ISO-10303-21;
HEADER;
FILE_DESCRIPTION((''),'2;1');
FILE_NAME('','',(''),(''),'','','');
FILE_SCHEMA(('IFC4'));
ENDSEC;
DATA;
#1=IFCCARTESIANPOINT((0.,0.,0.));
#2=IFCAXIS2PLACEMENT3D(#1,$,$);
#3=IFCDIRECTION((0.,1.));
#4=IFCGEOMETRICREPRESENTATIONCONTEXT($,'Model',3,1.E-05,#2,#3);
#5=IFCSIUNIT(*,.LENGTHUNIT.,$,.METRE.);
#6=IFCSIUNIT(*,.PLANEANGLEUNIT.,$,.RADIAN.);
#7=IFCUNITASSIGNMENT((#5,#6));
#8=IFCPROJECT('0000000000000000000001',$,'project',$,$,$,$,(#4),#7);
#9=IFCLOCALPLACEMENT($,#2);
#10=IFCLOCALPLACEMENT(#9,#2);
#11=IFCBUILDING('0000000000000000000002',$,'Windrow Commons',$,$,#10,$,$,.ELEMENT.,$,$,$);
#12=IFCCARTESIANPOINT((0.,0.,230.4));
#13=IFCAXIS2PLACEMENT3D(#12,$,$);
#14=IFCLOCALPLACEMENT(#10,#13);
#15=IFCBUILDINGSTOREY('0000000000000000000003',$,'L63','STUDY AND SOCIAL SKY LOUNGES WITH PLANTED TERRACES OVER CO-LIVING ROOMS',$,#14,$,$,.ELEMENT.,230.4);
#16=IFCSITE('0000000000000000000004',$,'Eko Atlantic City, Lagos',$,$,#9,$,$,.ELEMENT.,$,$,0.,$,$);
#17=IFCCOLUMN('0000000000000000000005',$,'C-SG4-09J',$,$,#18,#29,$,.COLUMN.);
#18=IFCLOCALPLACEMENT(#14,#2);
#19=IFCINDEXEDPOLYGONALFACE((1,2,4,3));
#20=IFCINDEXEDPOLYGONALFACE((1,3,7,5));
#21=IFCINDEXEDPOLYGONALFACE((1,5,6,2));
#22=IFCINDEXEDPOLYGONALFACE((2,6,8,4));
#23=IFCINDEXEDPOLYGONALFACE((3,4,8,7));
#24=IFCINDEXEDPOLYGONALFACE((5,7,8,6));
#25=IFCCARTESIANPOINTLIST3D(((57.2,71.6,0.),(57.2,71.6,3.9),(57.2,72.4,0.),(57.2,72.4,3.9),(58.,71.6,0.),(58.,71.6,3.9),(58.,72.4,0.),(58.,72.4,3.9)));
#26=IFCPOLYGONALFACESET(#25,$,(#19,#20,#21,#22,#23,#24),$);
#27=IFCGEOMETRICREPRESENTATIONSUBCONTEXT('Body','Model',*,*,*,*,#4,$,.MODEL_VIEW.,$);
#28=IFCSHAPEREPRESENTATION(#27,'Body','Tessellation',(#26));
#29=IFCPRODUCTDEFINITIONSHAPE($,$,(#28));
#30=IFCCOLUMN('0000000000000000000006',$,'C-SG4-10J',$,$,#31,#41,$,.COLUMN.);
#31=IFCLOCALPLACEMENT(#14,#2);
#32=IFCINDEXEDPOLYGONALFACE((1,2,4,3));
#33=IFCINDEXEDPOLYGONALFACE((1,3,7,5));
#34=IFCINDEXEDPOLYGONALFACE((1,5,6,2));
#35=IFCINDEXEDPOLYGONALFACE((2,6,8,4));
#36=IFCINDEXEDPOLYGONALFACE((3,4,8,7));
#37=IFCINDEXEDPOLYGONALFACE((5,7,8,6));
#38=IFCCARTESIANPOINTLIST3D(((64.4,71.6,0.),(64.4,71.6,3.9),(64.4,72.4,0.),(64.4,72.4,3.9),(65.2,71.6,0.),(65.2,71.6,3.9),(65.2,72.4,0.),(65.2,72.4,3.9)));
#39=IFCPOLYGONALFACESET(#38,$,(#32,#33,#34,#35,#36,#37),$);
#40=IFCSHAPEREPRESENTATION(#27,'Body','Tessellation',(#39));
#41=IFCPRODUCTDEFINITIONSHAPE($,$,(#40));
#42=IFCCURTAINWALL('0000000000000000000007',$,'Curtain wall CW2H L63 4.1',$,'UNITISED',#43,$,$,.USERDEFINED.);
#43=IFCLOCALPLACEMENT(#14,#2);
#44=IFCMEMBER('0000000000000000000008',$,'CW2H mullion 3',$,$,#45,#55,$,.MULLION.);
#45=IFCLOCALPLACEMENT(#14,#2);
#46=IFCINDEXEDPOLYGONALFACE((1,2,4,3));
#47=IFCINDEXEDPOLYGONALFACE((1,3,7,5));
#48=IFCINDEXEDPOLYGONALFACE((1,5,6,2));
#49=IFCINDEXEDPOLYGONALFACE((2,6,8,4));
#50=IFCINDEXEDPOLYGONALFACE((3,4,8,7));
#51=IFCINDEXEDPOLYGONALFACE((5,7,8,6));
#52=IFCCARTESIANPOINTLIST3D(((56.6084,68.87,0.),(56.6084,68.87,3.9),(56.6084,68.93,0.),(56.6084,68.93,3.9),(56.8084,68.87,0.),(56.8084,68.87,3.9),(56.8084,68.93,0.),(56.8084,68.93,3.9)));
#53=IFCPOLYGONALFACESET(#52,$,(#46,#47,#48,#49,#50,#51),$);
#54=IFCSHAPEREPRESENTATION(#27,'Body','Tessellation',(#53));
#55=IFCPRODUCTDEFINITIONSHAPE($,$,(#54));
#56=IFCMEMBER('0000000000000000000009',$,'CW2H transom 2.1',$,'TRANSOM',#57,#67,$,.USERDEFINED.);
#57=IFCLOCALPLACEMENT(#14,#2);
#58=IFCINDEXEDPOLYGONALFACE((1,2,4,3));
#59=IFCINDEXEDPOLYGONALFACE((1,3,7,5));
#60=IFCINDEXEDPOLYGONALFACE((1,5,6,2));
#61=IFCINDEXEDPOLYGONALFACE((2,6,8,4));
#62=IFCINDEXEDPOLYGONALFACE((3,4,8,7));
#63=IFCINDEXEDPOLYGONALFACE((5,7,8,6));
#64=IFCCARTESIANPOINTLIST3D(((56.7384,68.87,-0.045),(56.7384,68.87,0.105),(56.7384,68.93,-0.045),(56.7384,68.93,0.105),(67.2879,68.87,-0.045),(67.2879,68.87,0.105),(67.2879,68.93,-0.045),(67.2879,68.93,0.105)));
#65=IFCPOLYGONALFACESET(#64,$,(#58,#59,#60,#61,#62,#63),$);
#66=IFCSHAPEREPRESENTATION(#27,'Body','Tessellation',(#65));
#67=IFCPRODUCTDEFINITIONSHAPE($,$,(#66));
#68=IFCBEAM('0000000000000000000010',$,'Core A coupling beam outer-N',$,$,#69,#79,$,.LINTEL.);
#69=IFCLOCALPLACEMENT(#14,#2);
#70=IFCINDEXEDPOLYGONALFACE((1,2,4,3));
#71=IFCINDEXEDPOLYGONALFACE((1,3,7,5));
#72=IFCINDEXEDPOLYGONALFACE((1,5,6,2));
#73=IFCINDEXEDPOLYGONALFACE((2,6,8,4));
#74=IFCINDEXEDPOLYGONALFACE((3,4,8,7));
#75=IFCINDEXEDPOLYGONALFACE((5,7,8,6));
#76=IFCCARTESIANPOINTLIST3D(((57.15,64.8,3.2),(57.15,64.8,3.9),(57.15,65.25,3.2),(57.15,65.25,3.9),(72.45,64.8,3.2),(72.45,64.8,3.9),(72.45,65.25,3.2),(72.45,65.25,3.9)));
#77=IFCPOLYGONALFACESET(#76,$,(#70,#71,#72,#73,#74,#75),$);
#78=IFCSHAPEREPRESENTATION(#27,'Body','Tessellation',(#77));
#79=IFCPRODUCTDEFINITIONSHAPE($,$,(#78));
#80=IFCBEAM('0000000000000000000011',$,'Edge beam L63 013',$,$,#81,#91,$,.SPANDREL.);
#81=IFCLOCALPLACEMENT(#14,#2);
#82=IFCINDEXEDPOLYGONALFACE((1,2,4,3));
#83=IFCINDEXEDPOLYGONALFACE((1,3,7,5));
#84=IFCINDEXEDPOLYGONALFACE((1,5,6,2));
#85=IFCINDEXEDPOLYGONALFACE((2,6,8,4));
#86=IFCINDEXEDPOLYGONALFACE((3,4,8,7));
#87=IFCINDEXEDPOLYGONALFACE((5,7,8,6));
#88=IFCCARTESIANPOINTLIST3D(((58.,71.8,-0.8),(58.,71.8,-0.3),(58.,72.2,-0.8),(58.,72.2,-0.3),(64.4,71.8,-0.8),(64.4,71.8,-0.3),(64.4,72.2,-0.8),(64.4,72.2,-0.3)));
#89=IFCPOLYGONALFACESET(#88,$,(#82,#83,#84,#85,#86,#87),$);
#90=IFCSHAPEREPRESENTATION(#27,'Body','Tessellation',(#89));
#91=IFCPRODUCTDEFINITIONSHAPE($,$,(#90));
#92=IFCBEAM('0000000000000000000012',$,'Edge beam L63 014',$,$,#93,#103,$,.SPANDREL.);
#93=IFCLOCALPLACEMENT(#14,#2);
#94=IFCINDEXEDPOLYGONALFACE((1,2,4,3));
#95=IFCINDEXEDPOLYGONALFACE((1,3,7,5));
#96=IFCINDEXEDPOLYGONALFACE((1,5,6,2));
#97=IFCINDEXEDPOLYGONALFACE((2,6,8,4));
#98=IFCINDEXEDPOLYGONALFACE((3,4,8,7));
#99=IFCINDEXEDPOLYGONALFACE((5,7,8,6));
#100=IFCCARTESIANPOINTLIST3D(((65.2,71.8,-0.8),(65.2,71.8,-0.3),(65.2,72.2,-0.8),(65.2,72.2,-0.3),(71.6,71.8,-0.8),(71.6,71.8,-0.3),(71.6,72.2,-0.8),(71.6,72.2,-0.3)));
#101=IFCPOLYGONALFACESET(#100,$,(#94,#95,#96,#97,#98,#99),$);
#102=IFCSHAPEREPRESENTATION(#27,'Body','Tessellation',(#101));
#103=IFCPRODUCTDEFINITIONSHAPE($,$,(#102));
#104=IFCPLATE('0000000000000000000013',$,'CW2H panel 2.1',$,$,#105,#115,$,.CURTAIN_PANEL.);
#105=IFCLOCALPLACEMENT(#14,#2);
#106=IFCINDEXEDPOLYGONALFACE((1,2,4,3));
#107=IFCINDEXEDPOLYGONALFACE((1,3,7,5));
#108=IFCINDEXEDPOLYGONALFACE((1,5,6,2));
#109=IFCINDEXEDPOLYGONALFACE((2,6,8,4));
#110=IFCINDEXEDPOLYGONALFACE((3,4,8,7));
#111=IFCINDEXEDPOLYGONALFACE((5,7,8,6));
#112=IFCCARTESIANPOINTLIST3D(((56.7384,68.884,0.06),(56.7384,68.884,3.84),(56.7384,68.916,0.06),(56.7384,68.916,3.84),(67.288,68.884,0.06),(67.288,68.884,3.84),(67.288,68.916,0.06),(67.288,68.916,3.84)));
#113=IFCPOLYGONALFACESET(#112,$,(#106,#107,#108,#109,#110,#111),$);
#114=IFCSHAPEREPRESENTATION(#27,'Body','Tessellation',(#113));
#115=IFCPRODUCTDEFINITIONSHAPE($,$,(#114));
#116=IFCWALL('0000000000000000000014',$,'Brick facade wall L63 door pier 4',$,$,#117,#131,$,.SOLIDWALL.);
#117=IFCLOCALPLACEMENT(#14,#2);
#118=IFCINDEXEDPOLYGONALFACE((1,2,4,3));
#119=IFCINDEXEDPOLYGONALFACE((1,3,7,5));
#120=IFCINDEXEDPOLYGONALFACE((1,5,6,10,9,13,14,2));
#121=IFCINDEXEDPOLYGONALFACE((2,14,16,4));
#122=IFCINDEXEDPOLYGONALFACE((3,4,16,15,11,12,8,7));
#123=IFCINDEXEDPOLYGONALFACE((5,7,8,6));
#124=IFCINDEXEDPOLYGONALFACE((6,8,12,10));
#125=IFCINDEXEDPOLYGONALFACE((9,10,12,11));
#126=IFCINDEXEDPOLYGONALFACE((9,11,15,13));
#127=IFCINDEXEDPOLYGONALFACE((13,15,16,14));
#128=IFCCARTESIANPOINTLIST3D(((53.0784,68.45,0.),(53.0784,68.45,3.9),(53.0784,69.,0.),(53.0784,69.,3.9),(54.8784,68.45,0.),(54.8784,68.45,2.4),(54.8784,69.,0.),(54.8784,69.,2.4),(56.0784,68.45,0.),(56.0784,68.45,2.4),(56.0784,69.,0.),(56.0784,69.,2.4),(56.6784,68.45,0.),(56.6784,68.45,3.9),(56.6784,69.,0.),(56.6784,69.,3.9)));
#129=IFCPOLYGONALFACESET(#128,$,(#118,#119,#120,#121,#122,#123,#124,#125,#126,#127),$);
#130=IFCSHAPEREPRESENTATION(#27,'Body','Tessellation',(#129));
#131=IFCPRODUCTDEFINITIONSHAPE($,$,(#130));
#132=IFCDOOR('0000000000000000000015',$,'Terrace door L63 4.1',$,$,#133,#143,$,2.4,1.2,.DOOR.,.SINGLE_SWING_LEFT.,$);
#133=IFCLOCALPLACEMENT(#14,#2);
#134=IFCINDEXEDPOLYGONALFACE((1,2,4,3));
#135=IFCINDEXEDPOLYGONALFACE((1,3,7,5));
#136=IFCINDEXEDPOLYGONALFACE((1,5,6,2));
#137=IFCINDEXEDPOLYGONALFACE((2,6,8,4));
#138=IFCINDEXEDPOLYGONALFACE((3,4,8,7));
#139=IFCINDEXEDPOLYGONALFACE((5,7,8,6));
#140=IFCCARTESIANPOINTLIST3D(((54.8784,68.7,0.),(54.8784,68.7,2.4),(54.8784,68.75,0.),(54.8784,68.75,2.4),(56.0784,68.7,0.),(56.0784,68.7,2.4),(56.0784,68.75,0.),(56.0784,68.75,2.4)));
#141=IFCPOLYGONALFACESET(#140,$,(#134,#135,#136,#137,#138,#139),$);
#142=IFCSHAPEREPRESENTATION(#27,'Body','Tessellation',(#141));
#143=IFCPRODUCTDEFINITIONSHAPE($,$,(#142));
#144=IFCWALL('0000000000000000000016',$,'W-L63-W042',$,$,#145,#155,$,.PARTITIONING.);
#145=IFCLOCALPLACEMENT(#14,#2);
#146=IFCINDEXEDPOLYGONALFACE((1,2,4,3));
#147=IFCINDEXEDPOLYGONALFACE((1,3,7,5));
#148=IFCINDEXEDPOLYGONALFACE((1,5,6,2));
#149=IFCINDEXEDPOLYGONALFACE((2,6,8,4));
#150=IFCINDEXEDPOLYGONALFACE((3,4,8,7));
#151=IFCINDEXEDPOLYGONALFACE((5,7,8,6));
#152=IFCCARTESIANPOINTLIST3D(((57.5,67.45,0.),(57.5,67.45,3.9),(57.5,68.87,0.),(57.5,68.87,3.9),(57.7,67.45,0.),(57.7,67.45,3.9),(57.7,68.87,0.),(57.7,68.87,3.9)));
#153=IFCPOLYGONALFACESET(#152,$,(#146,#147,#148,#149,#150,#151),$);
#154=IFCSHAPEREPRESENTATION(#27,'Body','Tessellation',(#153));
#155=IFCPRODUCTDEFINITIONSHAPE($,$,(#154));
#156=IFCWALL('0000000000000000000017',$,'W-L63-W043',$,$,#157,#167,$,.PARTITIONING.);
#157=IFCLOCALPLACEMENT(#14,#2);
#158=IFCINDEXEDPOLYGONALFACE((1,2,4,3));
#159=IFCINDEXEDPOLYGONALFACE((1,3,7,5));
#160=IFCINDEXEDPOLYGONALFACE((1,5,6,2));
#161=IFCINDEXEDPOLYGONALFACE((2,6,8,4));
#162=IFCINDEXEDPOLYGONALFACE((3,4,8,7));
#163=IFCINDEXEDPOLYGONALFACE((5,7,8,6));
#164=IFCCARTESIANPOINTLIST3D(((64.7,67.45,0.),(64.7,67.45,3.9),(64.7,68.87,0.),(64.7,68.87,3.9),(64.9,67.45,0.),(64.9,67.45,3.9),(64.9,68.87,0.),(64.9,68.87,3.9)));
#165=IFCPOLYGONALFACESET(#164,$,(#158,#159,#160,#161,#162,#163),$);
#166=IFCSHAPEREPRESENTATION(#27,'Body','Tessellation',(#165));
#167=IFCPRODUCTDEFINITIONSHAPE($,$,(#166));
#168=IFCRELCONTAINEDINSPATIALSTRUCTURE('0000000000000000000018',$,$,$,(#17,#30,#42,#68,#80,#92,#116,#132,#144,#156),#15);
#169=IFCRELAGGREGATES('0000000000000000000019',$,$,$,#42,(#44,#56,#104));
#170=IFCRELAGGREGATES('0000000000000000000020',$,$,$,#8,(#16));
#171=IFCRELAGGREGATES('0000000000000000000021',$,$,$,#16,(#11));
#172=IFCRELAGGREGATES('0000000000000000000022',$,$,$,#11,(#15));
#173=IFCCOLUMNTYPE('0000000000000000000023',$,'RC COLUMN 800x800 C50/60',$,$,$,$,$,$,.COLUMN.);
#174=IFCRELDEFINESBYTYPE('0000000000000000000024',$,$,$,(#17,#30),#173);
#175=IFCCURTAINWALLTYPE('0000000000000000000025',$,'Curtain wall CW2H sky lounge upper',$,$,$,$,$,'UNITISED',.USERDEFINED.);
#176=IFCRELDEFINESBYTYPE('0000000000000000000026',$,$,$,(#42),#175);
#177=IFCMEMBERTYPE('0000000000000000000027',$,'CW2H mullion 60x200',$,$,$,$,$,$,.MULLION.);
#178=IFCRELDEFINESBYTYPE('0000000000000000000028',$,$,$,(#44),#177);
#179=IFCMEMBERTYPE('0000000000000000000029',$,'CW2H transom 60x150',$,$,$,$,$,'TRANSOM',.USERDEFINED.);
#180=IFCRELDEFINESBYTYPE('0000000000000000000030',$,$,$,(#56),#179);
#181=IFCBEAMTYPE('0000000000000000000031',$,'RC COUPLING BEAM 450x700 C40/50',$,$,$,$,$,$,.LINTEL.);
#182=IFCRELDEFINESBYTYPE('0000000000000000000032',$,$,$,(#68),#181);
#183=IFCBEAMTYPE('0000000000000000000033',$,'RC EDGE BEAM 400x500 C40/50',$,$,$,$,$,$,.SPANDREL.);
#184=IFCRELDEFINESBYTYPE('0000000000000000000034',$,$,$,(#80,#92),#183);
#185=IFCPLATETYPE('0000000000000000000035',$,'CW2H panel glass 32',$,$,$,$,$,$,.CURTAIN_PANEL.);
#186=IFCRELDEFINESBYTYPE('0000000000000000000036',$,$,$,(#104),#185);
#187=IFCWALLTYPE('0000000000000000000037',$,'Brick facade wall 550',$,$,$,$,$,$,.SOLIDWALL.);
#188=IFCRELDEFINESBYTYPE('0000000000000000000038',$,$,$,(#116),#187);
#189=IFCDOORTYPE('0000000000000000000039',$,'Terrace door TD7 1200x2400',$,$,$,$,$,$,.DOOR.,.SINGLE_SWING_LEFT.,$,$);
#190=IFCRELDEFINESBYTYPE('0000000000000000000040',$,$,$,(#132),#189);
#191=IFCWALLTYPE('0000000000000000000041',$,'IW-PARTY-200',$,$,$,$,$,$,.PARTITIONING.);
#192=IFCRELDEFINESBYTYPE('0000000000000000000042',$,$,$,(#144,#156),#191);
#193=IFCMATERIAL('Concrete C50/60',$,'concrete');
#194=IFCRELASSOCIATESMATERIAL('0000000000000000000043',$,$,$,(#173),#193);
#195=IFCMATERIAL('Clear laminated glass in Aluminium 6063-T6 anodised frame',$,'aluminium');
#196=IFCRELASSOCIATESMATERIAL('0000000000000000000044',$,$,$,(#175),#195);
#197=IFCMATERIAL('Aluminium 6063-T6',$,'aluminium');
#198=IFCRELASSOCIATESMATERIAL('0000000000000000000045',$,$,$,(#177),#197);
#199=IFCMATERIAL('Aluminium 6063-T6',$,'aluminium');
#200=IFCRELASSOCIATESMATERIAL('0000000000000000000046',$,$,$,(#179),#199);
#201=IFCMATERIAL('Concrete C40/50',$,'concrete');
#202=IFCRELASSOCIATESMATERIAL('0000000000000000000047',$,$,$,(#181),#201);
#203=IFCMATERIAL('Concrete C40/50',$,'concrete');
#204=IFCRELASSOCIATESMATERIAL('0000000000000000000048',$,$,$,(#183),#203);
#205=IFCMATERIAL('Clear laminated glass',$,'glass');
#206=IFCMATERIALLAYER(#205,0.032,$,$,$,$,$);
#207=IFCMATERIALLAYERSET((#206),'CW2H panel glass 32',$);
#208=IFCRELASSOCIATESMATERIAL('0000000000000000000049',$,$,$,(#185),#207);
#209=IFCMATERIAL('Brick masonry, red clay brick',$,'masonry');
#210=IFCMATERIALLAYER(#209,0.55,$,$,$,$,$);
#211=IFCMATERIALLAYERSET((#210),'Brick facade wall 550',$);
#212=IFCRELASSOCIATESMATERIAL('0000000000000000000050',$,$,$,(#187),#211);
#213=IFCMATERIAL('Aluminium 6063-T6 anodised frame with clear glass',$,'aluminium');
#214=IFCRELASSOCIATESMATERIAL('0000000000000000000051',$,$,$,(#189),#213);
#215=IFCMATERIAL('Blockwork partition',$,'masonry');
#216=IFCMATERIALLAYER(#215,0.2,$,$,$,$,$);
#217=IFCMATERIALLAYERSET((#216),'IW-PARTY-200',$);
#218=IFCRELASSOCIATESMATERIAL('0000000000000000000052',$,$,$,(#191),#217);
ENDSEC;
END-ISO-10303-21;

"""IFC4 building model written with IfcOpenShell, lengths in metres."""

from ifc_helpers import new_model, si_unit, direction, frame, frame_2d, origin, origin_2d, place, context, subcontext, project, spatial, rectangle, extrude, material, layer, layer_set, material_profile, profile_set, type_object, element, fill, aggregate, save


model = new_model("IFC4")

# Units and contexts
model_context = context("Model", 3, precision=1e-05, world=origin(), true_north=direction((0.0, 1.0)))
body_context = subcontext(model_context, "Body", "Model", "MODEL_VIEW")
ifc_project = project(units=[si_unit("LENGTHUNIT", "METRE"), si_unit("PLANEANGLEUNIT", "RADIAN")], contexts=[model_context])

# Site, building, storey
site_placement = place(None, origin())
site = spatial("IfcSite", under=ifc_project, at=site_placement, Name="Eko Atlantic City, Lagos", CompositionType="ELEMENT", RefElevation=0.0)
building_placement = place(site_placement, origin())
building = spatial("IfcBuilding", under=site, at=building_placement, Name="Windrow Commons", CompositionType="ELEMENT")
storey_placement = place(building_placement, frame((0.0, 0.0, 230.4)))
storey = spatial("IfcBuildingStorey", under=building, at=storey_placement, Name="L63", Description="STUDY AND SOCIAL SKY LOUNGES WITH PLANTED TERRACES OVER CO-LIVING ROOMS", CompositionType="ELEMENT", Elevation=230.4)

# Columns
ifc_material_1 = material(Name="Concrete C50/60", Category="concrete")
ifc_material_profile_1 = material_profile(ifc_material_1, rectangle(XDim=0.8, YDim=0.8, at=origin_2d()))
ifc_profile_set_1 = profile_set([ifc_material_profile_1], Name="Concrete C50/60")
column_type = type_object("IfcColumnType", Name="RC COLUMN 800x800 C50/60", PredefinedType="COLUMN", material=ifc_profile_set_1)
for number, where, z_axis, x_axis, name in (
    (1, (57.6, 72.0, 0.0), (0.0, 0.0, 1.0), (1.0, 0.0, 0.0), "C-SG4-09J"),
    (2, (64.8, 72.0, 0.0), (0.0, 0.0, 1.0), (1.0, 0.0, 0.0), "C-SG4-10J"),
):
    element("IfcColumn", number, at=place(storey_placement, frame(where, z_axis=z_axis, x_axis=x_axis)), inside=storey, type_object=column_type, Name=name, PredefinedType="COLUMN", context=body_context, shape_type="SweptSolid", body=[
        extrude(rectangle(XDim=0.8, YDim=0.8, at=origin_2d()), origin(), (0.0, 0.0, 1.0), 3.9),
    ])

# Curtain wall, members
ifc_material_2 = material(Name="Clear laminated glass in Aluminium 6063-T6 anodised frame", Category="aluminium")
curtain_wall_type = type_object("IfcCurtainWallType", Name="Curtain wall CW2H sky lounge upper", ElementType="UNITISED", PredefinedType="USERDEFINED", material=ifc_material_2)
placement = place(storey_placement, origin())
curtain_wall = element("IfcCurtainWall", 3, at=placement, inside=storey, type_object=curtain_wall_type, Name="Curtain wall CW2H L63 4.1", ObjectType="UNITISED", PredefinedType="USERDEFINED")
ifc_material_3 = material(Name="Aluminium 6063-T6", Category="aluminium")
ifc_material_profile_2 = material_profile(ifc_material_3, rectangle(XDim=0.06, YDim=0.2, at=origin_2d()))
ifc_profile_set_2 = profile_set([ifc_material_profile_2], Name="Aluminium 6063-T6")
member_type_1 = type_object("IfcMemberType", Name="CW2H mullion 60x200", PredefinedType="MULLION", material=ifc_profile_set_2)
member_1_placement = place(storey_placement, frame((56.7084, 68.9, 0.0), z_axis=(0.0, 0.0, 1.0), x_axis=(0.0, -1.0, 0.0)))
member_1 = element("IfcMember", 4, at=member_1_placement, type_object=member_type_1, Name="CW2H mullion 3", PredefinedType="MULLION", context=body_context, shape_type="SweptSolid", body=[
    extrude(rectangle(XDim=0.06, YDim=0.2, at=origin_2d()), origin(), (0.0, 0.0, 1.0), 3.9),
])
ifc_material_4 = material(Name="Aluminium 6063-T6", Category="aluminium")
ifc_material_profile_3 = material_profile(ifc_material_4, rectangle(XDim=0.06, YDim=0.15, at=origin_2d()))
ifc_profile_set_3 = profile_set([ifc_material_profile_3], Name="Aluminium 6063-T6")
member_type_2 = type_object("IfcMemberType", Name="CW2H transom 60x150", ElementType="TRANSOM", PredefinedType="USERDEFINED", material=ifc_profile_set_3)
member_2_placement = place(storey_placement, frame((67.2879, 68.9, 0.03), z_axis=(-1.0, 0.0, 0.0), x_axis=(0.0, -1.0, 0.0)))
member_2 = element("IfcMember", 5, at=member_2_placement, type_object=member_type_2, Name="CW2H transom 2.1", ObjectType="TRANSOM", PredefinedType="USERDEFINED", context=body_context, shape_type="SweptSolid", body=[
    extrude(rectangle(XDim=0.06, YDim=0.15, at=origin_2d()), origin(), (0.0, 0.0, 1.0), 10.5495),
])

# Beams
ifc_material_5 = material(Name="Concrete C40/50", Category="concrete")
ifc_material_profile_4 = material_profile(ifc_material_5, rectangle(XDim=0.45, YDim=0.7, at=origin_2d()))
ifc_profile_set_4 = profile_set([ifc_material_profile_4], Name="Concrete C40/50")
beam_type_1 = type_object("IfcBeamType", Name="RC COUPLING BEAM 450x700 C40/50", PredefinedType="LINTEL", material=ifc_profile_set_4)
beam_placement = place(storey_placement, frame((57.15, 65.025, 3.55), z_axis=(1.0, 0.0, 0.0), x_axis=(0.0, 1.0, 0.0)))
element("IfcBeam", 6, at=beam_placement, inside=storey, type_object=beam_type_1, Name="Core A coupling beam outer-N", PredefinedType="LINTEL", context=body_context, shape_type="SweptSolid", body=[
    extrude(rectangle(XDim=0.45, YDim=0.7, at=origin_2d()), origin(), (0.0, 0.0, 1.0), 15.3),
])
ifc_material_6 = material(Name="Concrete C40/50", Category="concrete")
ifc_material_profile_5 = material_profile(ifc_material_6, rectangle(XDim=0.4, YDim=0.5, at=origin_2d()))
ifc_profile_set_5 = profile_set([ifc_material_profile_5], Name="Concrete C40/50")
beam_type_2 = type_object("IfcBeamType", Name="RC EDGE BEAM 400x500 C40/50", PredefinedType="SPANDREL", material=ifc_profile_set_5)
for number, where, z_axis, x_axis, name in (
    (7, (58.0, 72.0, -0.55), (1.0, 0.0, 0.0), (0.0, 1.0, 0.0), "Edge beam L63 013"),
    (8, (65.2, 72.0, -0.55), (1.0, 0.0, 0.0), (0.0, 1.0, 0.0), "Edge beam L63 014"),
):
    element("IfcBeam", number, at=place(storey_placement, frame(where, z_axis=z_axis, x_axis=x_axis)), inside=storey, type_object=beam_type_2, Name=name, PredefinedType="SPANDREL", context=body_context, shape_type="SweptSolid", body=[
        extrude(rectangle(XDim=0.4, YDim=0.5, at=origin_2d()), origin(), (0.0, 0.0, 1.0), 6.4),
    ])

# Plate
ifc_material_7 = material(Name="Clear laminated glass", Category="glass")
ifc_layer_1 = layer(ifc_material_7, 0.032)
ifc_layer_set_1 = layer_set([ifc_layer_1], Name="CW2H panel glass 32")
plate_type = type_object("IfcPlateType", Name="CW2H panel glass 32", PredefinedType="CURTAIN_PANEL", material=ifc_layer_set_1)
plate_placement = place(storey_placement, frame((62.0132, 68.9, 0.06), z_axis=(0.0, 0.0, 1.0), x_axis=(-1.0, 0.0, 0.0)))
plate = element("IfcPlate", 9, at=plate_placement, type_object=plate_type, Name="CW2H panel 2.1", PredefinedType="CURTAIN_PANEL", context=body_context, shape_type="SweptSolid", body=[
    extrude(rectangle(XDim=10.5495, YDim=0.032, at=origin_2d()), origin(), (0.0, 0.0, 1.0), 3.78),
])
aggregate(curtain_wall, [member_1, member_2, plate])

# Wall, opening, door
ifc_material_8 = material(Name="Brick masonry, red clay brick", Category="masonry")
ifc_layer_2 = layer(ifc_material_8, 0.55)
ifc_layer_set_2 = layer_set([ifc_layer_2], Name="Brick facade wall 550")
wall_type_1 = type_object("IfcWallType", Name="Brick facade wall 550", PredefinedType="SOLIDWALL", material=ifc_layer_set_2)
wall_1_placement = place(storey_placement, frame((56.6784, 68.725, 0.0), z_axis=(0.0, 0.0, 1.0), x_axis=(-1.0, 0.0, 0.0)))
wall_1 = element("IfcWall", 10, at=wall_1_placement, inside=storey, type_object=wall_type_1, Name="Brick facade wall L63 door pier 4", PredefinedType="SOLIDWALL", context=body_context, shape_type="SweptSolid", body=[
    extrude(rectangle(XDim=3.6, YDim=0.55, at=frame_2d((1.8, 0.0))), origin(), (0.0, 0.0, 1.0), 3.9),
])
opening_1_placement = place(wall_1_placement, frame((0.6, 0.0, 0.0)))
opening_1 = element("IfcOpeningElement", 11, at=opening_1_placement, cuts=wall_1, PredefinedType="OPENING", context=body_context, shape_type="SweptSolid", body=[
    extrude(rectangle(XDim=1.2, YDim=2.4, at=frame_2d((0.6, 1.2))), frame((0.0, 0.285, 0.0), z_axis=(0.0, -1.0, 0.0), x_axis=(1.0, 0.0, 0.0)), (0.0, 0.0, 1.0), 0.57),
])
ifc_material_9 = material(Name="Aluminium 6063-T6 anodised frame with clear glass", Category="aluminium")
door_type_1 = type_object("IfcDoorType", Name="Terrace door TD7 1200x2400", OperationType="SINGLE_SWING_LEFT", PredefinedType="DOOR", material=ifc_material_9)
door_1_placement = place(opening_1_placement, origin())
door_1 = element("IfcDoor", 12, at=door_1_placement, inside=storey, type_object=door_type_1, Name="Terrace door L63 4.1", OperationType="SINGLE_SWING_LEFT", OverallHeight=2.4, OverallWidth=1.2, PredefinedType="DOOR", context=body_context, shape_type="SweptSolid", body=[
    extrude(rectangle(XDim=1.2, YDim=2.4, at=frame_2d((0.6, 1.2))), frame((0.0, 0.025, 0.0), z_axis=(0.0, -1.0, 0.0), x_axis=(1.0, 0.0, 0.0)), (0.0, 0.0, 1.0), 0.05),
])
fill(opening_1, door_1)

# Walls
ifc_material_10 = material(Name="Blockwork partition", Category="masonry")
ifc_layer_3 = layer(ifc_material_10, 0.2)
ifc_layer_set_3 = layer_set([ifc_layer_3], Name="IW-PARTY-200")
wall_type_2 = type_object("IfcWallType", Name="IW-PARTY-200", PredefinedType="PARTITIONING", material=ifc_layer_set_3)
for number, where, z_axis, x_axis, name in (
    (13, (57.6, 67.45, 0.0), (0.0, 0.0, 1.0), (0.0, 1.0, 0.0), "W-L63-W042"),
    (14, (64.8, 67.45, 0.0), (0.0, 0.0, 1.0), (0.0, 1.0, 0.0), "W-L63-W043"),
):
    element("IfcWall", number, at=place(storey_placement, frame(where, z_axis=z_axis, x_axis=x_axis)), inside=storey, type_object=wall_type_2, Name=name, PredefinedType="PARTITIONING", context=body_context, shape_type="SweptSolid", body=[
        extrude(rectangle(XDim=1.42, YDim=0.2, at=frame_2d((0.71, 0.0))), origin(), (0.0, 0.0, 1.0), 3.9),
    ])

save(model, "model.ifc")
